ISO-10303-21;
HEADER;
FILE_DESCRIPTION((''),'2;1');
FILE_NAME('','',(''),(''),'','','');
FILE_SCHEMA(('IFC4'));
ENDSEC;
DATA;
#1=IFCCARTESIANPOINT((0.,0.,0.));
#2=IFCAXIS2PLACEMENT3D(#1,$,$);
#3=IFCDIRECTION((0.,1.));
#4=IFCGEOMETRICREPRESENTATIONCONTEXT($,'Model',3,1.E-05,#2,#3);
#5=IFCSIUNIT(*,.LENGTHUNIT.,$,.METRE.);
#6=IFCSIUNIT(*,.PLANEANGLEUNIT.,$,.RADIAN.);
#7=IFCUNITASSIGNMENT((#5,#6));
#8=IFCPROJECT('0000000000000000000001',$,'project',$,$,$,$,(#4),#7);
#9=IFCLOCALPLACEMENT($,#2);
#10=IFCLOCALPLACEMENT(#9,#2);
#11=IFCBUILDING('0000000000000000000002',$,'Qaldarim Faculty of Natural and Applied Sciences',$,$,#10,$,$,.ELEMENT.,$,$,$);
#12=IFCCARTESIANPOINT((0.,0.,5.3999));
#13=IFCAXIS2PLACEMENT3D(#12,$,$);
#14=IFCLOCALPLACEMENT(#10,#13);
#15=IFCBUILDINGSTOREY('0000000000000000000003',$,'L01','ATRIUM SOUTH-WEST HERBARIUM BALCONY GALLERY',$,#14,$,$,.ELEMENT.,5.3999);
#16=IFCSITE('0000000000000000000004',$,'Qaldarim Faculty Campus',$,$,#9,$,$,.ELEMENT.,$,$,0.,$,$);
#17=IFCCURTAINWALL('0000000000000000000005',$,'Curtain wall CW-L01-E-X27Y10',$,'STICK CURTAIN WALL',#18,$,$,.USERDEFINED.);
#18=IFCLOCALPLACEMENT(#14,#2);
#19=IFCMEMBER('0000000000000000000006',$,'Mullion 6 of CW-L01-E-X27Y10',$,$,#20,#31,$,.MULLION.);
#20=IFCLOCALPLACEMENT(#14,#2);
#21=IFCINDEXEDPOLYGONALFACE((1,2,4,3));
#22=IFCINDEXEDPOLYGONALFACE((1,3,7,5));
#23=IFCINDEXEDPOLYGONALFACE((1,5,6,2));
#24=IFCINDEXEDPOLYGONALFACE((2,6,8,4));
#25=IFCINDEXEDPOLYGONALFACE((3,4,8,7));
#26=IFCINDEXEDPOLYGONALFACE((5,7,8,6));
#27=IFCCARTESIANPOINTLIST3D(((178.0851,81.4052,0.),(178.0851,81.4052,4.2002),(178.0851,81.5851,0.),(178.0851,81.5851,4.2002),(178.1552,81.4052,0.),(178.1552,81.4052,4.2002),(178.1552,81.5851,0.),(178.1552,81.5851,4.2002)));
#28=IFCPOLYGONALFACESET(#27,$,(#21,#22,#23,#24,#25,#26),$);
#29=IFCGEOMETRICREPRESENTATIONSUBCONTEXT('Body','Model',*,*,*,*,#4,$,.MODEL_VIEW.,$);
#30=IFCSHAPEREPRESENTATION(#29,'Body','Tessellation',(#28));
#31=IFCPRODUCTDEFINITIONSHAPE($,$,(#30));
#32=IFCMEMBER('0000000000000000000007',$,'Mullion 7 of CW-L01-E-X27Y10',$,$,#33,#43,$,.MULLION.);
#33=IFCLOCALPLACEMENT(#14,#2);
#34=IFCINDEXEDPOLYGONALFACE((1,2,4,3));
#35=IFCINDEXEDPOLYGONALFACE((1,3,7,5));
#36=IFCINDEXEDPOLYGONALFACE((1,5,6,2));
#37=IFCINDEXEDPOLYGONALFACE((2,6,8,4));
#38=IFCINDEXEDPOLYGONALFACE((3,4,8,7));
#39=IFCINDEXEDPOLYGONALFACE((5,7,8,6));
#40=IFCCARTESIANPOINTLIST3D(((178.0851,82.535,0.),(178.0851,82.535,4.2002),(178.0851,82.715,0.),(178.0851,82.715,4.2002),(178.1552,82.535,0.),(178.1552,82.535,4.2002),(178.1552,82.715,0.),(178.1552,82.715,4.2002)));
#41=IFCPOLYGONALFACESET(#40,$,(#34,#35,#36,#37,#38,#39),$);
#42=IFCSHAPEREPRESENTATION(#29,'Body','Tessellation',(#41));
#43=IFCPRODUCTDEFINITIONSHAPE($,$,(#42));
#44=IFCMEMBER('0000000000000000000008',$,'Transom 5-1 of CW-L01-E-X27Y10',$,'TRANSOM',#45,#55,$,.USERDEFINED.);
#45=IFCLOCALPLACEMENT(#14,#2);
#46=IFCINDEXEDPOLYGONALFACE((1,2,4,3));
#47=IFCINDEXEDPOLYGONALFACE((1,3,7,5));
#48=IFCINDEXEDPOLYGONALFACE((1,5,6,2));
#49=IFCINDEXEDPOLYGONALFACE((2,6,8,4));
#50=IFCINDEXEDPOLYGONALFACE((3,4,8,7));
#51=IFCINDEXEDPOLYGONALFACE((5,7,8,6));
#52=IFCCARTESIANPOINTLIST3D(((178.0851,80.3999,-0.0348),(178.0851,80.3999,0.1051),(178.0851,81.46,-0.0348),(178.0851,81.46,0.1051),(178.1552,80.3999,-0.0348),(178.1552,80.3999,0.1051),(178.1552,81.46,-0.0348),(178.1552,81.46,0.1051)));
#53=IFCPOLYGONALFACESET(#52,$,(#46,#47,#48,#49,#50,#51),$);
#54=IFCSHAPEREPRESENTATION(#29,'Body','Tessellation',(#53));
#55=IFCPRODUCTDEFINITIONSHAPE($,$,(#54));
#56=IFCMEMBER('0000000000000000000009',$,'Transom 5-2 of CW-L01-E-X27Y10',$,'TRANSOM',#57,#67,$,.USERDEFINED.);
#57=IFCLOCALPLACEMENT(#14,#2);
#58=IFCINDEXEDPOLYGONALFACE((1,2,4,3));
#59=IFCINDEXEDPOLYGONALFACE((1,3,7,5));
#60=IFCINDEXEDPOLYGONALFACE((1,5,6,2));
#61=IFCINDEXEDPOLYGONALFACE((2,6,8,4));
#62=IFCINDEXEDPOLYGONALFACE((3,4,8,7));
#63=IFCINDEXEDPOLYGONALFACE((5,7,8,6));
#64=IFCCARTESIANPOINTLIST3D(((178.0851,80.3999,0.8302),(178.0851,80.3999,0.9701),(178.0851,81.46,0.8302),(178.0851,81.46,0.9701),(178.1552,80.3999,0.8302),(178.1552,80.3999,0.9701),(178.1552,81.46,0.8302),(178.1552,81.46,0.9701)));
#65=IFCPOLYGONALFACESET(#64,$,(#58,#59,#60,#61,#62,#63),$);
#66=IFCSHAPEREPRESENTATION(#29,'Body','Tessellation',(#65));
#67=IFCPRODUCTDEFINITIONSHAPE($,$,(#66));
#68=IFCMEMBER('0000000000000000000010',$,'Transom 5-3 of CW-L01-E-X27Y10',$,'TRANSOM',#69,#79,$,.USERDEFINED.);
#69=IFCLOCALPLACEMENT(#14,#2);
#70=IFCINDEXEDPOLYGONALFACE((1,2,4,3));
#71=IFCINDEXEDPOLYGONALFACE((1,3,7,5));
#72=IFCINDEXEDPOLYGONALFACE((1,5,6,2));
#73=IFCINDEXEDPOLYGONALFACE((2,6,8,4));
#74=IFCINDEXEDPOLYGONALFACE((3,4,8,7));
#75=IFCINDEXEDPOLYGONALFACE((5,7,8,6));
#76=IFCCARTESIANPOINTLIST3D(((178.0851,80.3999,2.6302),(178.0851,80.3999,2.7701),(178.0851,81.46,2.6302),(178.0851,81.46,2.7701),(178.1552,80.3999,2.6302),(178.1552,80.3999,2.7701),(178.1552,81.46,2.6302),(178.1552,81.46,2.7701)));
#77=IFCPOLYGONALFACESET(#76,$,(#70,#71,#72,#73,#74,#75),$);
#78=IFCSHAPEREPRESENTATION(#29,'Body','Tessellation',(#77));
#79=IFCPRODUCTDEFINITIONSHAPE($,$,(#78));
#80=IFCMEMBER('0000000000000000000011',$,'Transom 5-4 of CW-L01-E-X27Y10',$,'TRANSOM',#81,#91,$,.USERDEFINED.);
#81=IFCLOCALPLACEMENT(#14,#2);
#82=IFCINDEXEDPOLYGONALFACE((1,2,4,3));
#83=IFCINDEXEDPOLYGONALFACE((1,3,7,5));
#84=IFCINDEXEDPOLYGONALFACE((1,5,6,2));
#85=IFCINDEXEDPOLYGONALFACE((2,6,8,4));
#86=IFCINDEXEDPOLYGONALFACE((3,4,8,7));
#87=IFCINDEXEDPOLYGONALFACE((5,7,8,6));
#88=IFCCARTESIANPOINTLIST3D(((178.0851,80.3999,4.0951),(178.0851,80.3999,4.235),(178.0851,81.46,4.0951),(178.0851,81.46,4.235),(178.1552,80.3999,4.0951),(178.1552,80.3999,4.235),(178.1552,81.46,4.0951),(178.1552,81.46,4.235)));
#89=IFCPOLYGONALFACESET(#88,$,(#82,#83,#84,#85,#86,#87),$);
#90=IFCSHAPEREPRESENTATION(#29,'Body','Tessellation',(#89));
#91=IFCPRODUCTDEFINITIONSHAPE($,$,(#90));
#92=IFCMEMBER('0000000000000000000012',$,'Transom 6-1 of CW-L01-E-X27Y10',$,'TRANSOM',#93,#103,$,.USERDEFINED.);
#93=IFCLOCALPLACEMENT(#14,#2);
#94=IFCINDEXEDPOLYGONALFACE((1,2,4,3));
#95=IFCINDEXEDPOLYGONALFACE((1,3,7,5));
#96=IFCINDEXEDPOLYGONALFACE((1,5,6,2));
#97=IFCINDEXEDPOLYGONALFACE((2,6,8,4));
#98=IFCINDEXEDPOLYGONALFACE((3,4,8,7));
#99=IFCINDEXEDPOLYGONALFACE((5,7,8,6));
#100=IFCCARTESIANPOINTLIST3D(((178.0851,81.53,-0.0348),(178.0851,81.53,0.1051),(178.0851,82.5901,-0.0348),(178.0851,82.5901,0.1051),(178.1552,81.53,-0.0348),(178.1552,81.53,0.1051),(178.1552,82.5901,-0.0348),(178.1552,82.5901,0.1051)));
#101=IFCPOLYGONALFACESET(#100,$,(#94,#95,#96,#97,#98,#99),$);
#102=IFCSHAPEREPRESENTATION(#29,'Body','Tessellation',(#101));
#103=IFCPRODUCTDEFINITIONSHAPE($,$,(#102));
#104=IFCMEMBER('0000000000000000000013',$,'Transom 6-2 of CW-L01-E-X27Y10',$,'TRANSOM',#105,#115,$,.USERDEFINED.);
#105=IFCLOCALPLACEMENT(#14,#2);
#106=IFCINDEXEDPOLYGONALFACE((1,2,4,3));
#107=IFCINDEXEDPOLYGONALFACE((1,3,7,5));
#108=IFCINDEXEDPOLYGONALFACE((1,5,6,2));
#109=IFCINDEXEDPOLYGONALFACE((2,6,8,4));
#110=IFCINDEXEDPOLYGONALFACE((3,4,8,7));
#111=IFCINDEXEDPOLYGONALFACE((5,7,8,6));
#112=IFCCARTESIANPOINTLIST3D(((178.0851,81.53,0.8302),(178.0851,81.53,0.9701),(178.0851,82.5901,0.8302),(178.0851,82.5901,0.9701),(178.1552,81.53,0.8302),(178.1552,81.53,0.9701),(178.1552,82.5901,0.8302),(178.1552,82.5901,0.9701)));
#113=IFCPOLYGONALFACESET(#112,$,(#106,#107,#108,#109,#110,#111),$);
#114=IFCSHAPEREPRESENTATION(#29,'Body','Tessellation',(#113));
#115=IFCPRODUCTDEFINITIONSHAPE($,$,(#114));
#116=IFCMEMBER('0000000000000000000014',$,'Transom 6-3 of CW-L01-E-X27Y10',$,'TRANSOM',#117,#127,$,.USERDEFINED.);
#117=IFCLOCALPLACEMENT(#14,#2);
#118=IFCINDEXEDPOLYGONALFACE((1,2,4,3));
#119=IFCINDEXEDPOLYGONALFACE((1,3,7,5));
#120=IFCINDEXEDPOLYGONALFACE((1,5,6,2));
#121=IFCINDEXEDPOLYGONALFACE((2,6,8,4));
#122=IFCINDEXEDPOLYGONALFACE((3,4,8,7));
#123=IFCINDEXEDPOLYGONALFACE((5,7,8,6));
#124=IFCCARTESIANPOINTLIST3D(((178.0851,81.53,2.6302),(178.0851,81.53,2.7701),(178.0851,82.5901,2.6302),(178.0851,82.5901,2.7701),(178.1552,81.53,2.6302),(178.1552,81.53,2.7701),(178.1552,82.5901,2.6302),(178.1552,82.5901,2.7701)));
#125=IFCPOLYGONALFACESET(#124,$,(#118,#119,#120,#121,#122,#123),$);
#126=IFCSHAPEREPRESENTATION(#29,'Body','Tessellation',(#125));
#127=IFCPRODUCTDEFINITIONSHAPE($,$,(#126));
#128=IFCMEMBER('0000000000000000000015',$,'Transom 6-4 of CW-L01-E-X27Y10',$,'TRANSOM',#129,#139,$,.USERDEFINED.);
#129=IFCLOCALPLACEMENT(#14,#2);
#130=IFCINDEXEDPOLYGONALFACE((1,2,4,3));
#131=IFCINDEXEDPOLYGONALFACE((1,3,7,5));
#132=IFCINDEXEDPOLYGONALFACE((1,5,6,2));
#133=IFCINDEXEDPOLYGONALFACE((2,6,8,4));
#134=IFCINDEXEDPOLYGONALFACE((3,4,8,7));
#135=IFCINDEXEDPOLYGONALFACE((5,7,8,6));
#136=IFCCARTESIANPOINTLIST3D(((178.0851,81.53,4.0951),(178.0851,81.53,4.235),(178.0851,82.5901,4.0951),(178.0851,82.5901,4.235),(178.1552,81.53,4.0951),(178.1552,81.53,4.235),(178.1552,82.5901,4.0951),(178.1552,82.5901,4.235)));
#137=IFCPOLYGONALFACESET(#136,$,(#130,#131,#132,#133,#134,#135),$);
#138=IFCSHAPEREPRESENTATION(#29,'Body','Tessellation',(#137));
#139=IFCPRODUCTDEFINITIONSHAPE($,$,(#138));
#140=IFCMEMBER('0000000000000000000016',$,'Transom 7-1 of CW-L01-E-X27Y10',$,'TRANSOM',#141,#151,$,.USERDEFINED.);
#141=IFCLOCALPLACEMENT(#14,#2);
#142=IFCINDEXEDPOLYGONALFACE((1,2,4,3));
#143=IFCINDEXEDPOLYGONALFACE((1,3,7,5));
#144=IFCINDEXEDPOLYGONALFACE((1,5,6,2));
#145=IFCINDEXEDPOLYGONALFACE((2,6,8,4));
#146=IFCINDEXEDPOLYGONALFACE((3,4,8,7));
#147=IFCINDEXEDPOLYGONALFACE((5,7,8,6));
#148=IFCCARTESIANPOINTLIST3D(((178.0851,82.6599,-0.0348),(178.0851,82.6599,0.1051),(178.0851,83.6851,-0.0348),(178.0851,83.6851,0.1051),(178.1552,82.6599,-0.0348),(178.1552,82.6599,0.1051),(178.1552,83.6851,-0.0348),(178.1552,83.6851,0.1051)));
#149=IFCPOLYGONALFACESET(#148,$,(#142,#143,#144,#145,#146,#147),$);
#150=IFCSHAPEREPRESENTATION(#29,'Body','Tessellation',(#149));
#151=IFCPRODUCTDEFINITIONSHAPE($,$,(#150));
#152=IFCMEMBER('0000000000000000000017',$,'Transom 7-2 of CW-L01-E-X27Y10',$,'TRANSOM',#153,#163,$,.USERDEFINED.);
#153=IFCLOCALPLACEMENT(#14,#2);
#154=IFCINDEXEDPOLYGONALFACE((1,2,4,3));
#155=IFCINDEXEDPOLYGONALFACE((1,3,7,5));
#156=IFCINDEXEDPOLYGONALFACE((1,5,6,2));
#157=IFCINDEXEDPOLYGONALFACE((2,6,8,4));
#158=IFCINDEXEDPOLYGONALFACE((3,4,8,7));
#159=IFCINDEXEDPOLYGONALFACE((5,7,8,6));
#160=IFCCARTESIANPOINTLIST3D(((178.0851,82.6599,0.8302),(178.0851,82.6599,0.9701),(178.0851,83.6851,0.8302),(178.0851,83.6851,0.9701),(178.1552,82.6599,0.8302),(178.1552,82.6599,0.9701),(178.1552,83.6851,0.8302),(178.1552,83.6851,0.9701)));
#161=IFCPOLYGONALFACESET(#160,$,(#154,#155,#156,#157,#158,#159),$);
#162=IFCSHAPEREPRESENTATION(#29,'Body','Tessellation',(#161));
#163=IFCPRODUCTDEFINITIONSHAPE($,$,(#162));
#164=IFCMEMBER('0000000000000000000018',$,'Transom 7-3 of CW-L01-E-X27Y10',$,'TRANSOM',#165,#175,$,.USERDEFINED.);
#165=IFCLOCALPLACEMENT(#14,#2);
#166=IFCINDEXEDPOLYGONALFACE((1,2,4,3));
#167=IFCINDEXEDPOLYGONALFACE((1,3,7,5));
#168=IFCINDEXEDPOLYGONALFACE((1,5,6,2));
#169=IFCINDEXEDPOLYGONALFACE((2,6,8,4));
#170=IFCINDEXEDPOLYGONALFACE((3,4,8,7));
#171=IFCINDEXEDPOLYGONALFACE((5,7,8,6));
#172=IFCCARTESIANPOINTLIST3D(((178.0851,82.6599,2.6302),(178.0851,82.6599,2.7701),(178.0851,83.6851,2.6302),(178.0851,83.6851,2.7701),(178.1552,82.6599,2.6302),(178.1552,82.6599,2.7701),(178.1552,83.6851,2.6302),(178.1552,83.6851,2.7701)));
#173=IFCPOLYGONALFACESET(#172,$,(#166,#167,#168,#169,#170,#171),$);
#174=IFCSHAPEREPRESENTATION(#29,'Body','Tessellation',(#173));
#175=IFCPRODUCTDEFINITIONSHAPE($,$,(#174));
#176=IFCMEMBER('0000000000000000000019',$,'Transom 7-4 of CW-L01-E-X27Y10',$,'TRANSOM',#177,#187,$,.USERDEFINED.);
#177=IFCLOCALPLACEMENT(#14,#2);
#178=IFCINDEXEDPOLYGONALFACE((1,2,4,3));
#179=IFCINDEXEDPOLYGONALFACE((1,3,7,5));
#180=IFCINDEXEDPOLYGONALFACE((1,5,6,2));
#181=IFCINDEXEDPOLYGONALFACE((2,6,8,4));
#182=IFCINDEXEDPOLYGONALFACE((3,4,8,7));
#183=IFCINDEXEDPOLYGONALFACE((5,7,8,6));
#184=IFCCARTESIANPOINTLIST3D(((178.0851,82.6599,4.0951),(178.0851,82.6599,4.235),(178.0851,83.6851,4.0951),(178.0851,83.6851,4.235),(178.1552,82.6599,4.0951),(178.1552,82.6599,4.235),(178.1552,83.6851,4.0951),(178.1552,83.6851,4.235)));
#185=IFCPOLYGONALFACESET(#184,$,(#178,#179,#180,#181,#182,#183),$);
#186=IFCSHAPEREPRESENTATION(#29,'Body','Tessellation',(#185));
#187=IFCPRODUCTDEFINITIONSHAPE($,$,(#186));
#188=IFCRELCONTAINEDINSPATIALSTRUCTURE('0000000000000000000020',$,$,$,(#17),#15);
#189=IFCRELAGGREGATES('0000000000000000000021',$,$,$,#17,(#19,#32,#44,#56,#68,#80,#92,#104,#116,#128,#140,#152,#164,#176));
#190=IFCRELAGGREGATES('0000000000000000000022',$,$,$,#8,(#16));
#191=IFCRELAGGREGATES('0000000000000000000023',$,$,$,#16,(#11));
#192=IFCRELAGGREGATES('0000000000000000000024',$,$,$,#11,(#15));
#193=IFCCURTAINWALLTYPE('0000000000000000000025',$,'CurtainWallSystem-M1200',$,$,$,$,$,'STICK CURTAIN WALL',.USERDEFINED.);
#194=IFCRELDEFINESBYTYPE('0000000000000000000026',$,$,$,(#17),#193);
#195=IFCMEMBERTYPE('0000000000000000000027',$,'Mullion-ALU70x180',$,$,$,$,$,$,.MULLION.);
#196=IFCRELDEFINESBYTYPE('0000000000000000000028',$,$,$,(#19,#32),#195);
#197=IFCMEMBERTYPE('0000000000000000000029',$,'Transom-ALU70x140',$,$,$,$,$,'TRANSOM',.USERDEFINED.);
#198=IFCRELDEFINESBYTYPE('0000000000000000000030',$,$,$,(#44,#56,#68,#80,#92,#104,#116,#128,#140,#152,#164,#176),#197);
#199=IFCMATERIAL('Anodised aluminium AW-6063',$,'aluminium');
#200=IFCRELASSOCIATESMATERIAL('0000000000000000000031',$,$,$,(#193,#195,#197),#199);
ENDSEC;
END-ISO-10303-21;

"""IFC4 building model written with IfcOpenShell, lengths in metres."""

from ifc_helpers import new_model, si_unit, direction, frame, origin, origin_2d, place, context, subcontext, project, spatial, rectangle, extrude, material, material_profile, profile_set, type_object, element, aggregate, save


model = new_model("IFC4")

# Units and contexts
model_context = context("Model", 3, precision=1e-05, world=origin(), true_north=direction((0.0, 1.0)))
body_context = subcontext(model_context, "Body", "Model", "MODEL_VIEW")
ifc_project = project(units=[si_unit("LENGTHUNIT", "METRE"), si_unit("PLANEANGLEUNIT", "RADIAN")], contexts=[model_context])

# Site, building, storey
site_placement = place(None, origin())
site = spatial("IfcSite", under=ifc_project, at=site_placement, Name="Qaldarim Faculty Campus", CompositionType="ELEMENT", RefElevation=0.0)
building_placement = place(site_placement, origin())
building = spatial("IfcBuilding", under=site, at=building_placement, Name="Qaldarim Faculty of Natural and Applied Sciences", CompositionType="ELEMENT")
storey_placement = place(building_placement, frame((0.0, 0.0, 5.3999)))
storey = spatial("IfcBuildingStorey", under=building, at=storey_placement, Name="L01", Description="ATRIUM SOUTH-WEST HERBARIUM BALCONY GALLERY", CompositionType="ELEMENT", Elevation=5.3999)

# Curtain wall, members
ifc_material_1 = material(Name="Anodised aluminium AW-6063", Category="aluminium")
curtain_wall_type = type_object("IfcCurtainWallType", Name="CurtainWallSystem-M1200", ElementType="STICK CURTAIN WALL", PredefinedType="USERDEFINED", material=ifc_material_1)
curtain_wall_placement = place(storey_placement, origin())
curtain_wall = element("IfcCurtainWall", 1, at=curtain_wall_placement, inside=storey, type_object=curtain_wall_type, Name="Curtain wall CW-L01-E-X27Y10", ObjectType="STICK CURTAIN WALL", PredefinedType="USERDEFINED")
ifc_material_profile_1 = material_profile(ifc_material_1, rectangle(XDim=0.0701, YDim=0.1799, at=origin_2d()), Name="ALU-M70x180")
ifc_profile_set_1 = profile_set([ifc_material_profile_1], Name="Anodised aluminium AW-6063")
member_type_1 = type_object("IfcMemberType", Name="Mullion-ALU70x180", PredefinedType="MULLION", material=ifc_profile_set_1)
member_1_placement = place(storey_placement, frame((178.1201, 81.4951, 0.0), z_axis=(0.0, 0.0, 1.0), x_axis=(-1.0, 0.0, 0.0)))
member_1 = element("IfcMember", 2, at=member_1_placement, type_object=member_type_1, Name="Mullion 6 of CW-L01-E-X27Y10", PredefinedType="MULLION", context=body_context, shape_type="SweptSolid", body=[
    extrude(rectangle(XDim=0.0701, YDim=0.1799, at=origin_2d()), origin(), (0.0, 0.0, 1.0), 4.2002),
])
member_2_placement = place(storey_placement, frame((178.1201, 82.625, 0.0), z_axis=(0.0, 0.0, 1.0), x_axis=(-1.0, 0.0, 0.0)))
member_2 = element("IfcMember", 3, at=member_2_placement, type_object=member_type_1, Name="Mullion 7 of CW-L01-E-X27Y10", PredefinedType="MULLION", context=body_context, shape_type="SweptSolid", body=[
    extrude(rectangle(XDim=0.0701, YDim=0.1799, at=origin_2d()), origin(), (0.0, 0.0, 1.0), 4.2002),
])
ifc_material_profile_2 = material_profile(ifc_material_1, rectangle(XDim=0.0701, YDim=0.1399, at=origin_2d()), Name="ALU-T70x140")
ifc_profile_set_2 = profile_set([ifc_material_profile_2], Name="Anodised aluminium AW-6063")
member_type_2 = type_object("IfcMemberType", Name="Transom-ALU70x140", ElementType="TRANSOM", PredefinedType="USERDEFINED", material=ifc_profile_set_2)
member_3_placement = place(storey_placement, frame((178.1201, 80.3999, 0.0352), z_axis=(0.0, 1.0, 0.0), x_axis=(-1.0, 0.0, 0.0)))
member_3 = element("IfcMember", 4, at=member_3_placement, type_object=member_type_2, Name="Transom 5-1 of CW-L01-E-X27Y10", ObjectType="TRANSOM", PredefinedType="USERDEFINED", context=body_context, shape_type="SweptSolid", body=[
    extrude(rectangle(XDim=0.0701, YDim=0.1399, at=origin_2d()), origin(), (0.0, 0.0, 1.0), 1.0601),
])
member_4_placement = place(storey_placement, frame((178.1201, 80.3999, 0.9001), z_axis=(0.0, 1.0, 0.0), x_axis=(-1.0, 0.0, 0.0)))
member_4 = element("IfcMember", 5, at=member_4_placement, type_object=member_type_2, Name="Transom 5-2 of CW-L01-E-X27Y10", ObjectType="TRANSOM", PredefinedType="USERDEFINED", context=body_context, shape_type="SweptSolid", body=[
    extrude(rectangle(XDim=0.0701, YDim=0.1399, at=origin_2d()), origin(), (0.0, 0.0, 1.0), 1.0601),
])
member_5_placement = place(storey_placement, frame((178.1201, 80.3999, 2.7002), z_axis=(0.0, 1.0, 0.0), x_axis=(-1.0, 0.0, 0.0)))
member_5 = element("IfcMember", 6, at=member_5_placement, type_object=member_type_2, Name="Transom 5-3 of CW-L01-E-X27Y10", ObjectType="TRANSOM", PredefinedType="USERDEFINED", context=body_context, shape_type="SweptSolid", body=[
    extrude(rectangle(XDim=0.0701, YDim=0.1399, at=origin_2d()), origin(), (0.0, 0.0, 1.0), 1.0601),
])
member_6_placement = place(storey_placement, frame((178.1201, 80.3999, 4.165), z_axis=(0.0, 1.0, 0.0), x_axis=(-1.0, 0.0, 0.0)))
member_6 = element("IfcMember", 7, at=member_6_placement, type_object=member_type_2, Name="Transom 5-4 of CW-L01-E-X27Y10", ObjectType="TRANSOM", PredefinedType="USERDEFINED", context=body_context, shape_type="SweptSolid", body=[
    extrude(rectangle(XDim=0.0701, YDim=0.1399, at=origin_2d()), origin(), (0.0, 0.0, 1.0), 1.0601),
])
member_7_placement = place(storey_placement, frame((178.1201, 81.53, 0.0352), z_axis=(0.0, 1.0, 0.0), x_axis=(-1.0, 0.0, 0.0)))
member_7 = element("IfcMember", 8, at=member_7_placement, type_object=member_type_2, Name="Transom 6-1 of CW-L01-E-X27Y10", ObjectType="TRANSOM", PredefinedType="USERDEFINED", context=body_context, shape_type="SweptSolid", body=[
    extrude(rectangle(XDim=0.0701, YDim=0.1399, at=origin_2d()), origin(), (0.0, 0.0, 1.0), 1.0601),
])
member_8_placement = place(storey_placement, frame((178.1201, 81.53, 0.9001), z_axis=(0.0, 1.0, 0.0), x_axis=(-1.0, 0.0, 0.0)))
member_8 = element("IfcMember", 9, at=member_8_placement, type_object=member_type_2, Name="Transom 6-2 of CW-L01-E-X27Y10", ObjectType="TRANSOM", PredefinedType="USERDEFINED", context=body_context, shape_type="SweptSolid", body=[
    extrude(rectangle(XDim=0.0701, YDim=0.1399, at=origin_2d()), origin(), (0.0, 0.0, 1.0), 1.0601),
])
member_9_placement = place(storey_placement, frame((178.1201, 81.53, 2.7002), z_axis=(0.0, 1.0, 0.0), x_axis=(-1.0, 0.0, 0.0)))
member_9 = element("IfcMember", 10, at=member_9_placement, type_object=member_type_2, Name="Transom 6-3 of CW-L01-E-X27Y10", ObjectType="TRANSOM", PredefinedType="USERDEFINED", context=body_context, shape_type="SweptSolid", body=[
    extrude(rectangle(XDim=0.0701, YDim=0.1399, at=origin_2d()), origin(), (0.0, 0.0, 1.0), 1.0601),
])
member_10_placement = place(storey_placement, frame((178.1201, 81.53, 4.165), z_axis=(0.0, 1.0, 0.0), x_axis=(-1.0, 0.0, 0.0)))
member_10 = element("IfcMember", 11, at=member_10_placement, type_object=member_type_2, Name="Transom 6-4 of CW-L01-E-X27Y10", ObjectType="TRANSOM", PredefinedType="USERDEFINED", context=body_context, shape_type="SweptSolid", body=[
    extrude(rectangle(XDim=0.0701, YDim=0.1399, at=origin_2d()), origin(), (0.0, 0.0, 1.0), 1.0601),
])
member_11_placement = place(storey_placement, frame((178.1201, 82.6599, 0.0352), z_axis=(0.0, 1.0, 0.0), x_axis=(-1.0, 0.0, 0.0)))
member_11 = element("IfcMember", 12, at=member_11_placement, type_object=member_type_2, Name="Transom 7-1 of CW-L01-E-X27Y10", ObjectType="TRANSOM", PredefinedType="USERDEFINED", context=body_context, shape_type="SweptSolid", body=[
    extrude(rectangle(XDim=0.0701, YDim=0.1399, at=origin_2d()), origin(), (0.0, 0.0, 1.0), 1.0251),
])
member_12_placement = place(storey_placement, frame((178.1201, 82.6599, 0.9001), z_axis=(0.0, 1.0, 0.0), x_axis=(-1.0, 0.0, 0.0)))
member_12 = element("IfcMember", 13, at=member_12_placement, type_object=member_type_2, Name="Transom 7-2 of CW-L01-E-X27Y10", ObjectType="TRANSOM", PredefinedType="USERDEFINED", context=body_context, shape_type="SweptSolid", body=[
    extrude(rectangle(XDim=0.0701, YDim=0.1399, at=origin_2d()), origin(), (0.0, 0.0, 1.0), 1.0251),
])
member_13_placement = place(storey_placement, frame((178.1201, 82.6599, 2.7002), z_axis=(0.0, 1.0, 0.0), x_axis=(-1.0, 0.0, 0.0)))
member_13 = element("IfcMember", 14, at=member_13_placement, type_object=member_type_2, Name="Transom 7-3 of CW-L01-E-X27Y10", ObjectType="TRANSOM", PredefinedType="USERDEFINED", context=body_context, shape_type="SweptSolid", body=[
    extrude(rectangle(XDim=0.0701, YDim=0.1399, at=origin_2d()), origin(), (0.0, 0.0, 1.0), 1.0251),
])
member_14_placement = place(storey_placement, frame((178.1201, 82.6599, 4.165), z_axis=(0.0, 1.0, 0.0), x_axis=(-1.0, 0.0, 0.0)))
member_14 = element("IfcMember", 15, at=member_14_placement, type_object=member_type_2, Name="Transom 7-4 of CW-L01-E-X27Y10", ObjectType="TRANSOM", PredefinedType="USERDEFINED", context=body_context, shape_type="SweptSolid", body=[
    extrude(rectangle(XDim=0.0701, YDim=0.1399, at=origin_2d()), origin(), (0.0, 0.0, 1.0), 1.0251),
])
aggregate(curtain_wall, [member_1, member_2, member_3, member_4, member_5, member_6, member_7, member_8, member_9, member_10, member_11, member_12, member_13, member_14])

save(model, "model.ifc")
